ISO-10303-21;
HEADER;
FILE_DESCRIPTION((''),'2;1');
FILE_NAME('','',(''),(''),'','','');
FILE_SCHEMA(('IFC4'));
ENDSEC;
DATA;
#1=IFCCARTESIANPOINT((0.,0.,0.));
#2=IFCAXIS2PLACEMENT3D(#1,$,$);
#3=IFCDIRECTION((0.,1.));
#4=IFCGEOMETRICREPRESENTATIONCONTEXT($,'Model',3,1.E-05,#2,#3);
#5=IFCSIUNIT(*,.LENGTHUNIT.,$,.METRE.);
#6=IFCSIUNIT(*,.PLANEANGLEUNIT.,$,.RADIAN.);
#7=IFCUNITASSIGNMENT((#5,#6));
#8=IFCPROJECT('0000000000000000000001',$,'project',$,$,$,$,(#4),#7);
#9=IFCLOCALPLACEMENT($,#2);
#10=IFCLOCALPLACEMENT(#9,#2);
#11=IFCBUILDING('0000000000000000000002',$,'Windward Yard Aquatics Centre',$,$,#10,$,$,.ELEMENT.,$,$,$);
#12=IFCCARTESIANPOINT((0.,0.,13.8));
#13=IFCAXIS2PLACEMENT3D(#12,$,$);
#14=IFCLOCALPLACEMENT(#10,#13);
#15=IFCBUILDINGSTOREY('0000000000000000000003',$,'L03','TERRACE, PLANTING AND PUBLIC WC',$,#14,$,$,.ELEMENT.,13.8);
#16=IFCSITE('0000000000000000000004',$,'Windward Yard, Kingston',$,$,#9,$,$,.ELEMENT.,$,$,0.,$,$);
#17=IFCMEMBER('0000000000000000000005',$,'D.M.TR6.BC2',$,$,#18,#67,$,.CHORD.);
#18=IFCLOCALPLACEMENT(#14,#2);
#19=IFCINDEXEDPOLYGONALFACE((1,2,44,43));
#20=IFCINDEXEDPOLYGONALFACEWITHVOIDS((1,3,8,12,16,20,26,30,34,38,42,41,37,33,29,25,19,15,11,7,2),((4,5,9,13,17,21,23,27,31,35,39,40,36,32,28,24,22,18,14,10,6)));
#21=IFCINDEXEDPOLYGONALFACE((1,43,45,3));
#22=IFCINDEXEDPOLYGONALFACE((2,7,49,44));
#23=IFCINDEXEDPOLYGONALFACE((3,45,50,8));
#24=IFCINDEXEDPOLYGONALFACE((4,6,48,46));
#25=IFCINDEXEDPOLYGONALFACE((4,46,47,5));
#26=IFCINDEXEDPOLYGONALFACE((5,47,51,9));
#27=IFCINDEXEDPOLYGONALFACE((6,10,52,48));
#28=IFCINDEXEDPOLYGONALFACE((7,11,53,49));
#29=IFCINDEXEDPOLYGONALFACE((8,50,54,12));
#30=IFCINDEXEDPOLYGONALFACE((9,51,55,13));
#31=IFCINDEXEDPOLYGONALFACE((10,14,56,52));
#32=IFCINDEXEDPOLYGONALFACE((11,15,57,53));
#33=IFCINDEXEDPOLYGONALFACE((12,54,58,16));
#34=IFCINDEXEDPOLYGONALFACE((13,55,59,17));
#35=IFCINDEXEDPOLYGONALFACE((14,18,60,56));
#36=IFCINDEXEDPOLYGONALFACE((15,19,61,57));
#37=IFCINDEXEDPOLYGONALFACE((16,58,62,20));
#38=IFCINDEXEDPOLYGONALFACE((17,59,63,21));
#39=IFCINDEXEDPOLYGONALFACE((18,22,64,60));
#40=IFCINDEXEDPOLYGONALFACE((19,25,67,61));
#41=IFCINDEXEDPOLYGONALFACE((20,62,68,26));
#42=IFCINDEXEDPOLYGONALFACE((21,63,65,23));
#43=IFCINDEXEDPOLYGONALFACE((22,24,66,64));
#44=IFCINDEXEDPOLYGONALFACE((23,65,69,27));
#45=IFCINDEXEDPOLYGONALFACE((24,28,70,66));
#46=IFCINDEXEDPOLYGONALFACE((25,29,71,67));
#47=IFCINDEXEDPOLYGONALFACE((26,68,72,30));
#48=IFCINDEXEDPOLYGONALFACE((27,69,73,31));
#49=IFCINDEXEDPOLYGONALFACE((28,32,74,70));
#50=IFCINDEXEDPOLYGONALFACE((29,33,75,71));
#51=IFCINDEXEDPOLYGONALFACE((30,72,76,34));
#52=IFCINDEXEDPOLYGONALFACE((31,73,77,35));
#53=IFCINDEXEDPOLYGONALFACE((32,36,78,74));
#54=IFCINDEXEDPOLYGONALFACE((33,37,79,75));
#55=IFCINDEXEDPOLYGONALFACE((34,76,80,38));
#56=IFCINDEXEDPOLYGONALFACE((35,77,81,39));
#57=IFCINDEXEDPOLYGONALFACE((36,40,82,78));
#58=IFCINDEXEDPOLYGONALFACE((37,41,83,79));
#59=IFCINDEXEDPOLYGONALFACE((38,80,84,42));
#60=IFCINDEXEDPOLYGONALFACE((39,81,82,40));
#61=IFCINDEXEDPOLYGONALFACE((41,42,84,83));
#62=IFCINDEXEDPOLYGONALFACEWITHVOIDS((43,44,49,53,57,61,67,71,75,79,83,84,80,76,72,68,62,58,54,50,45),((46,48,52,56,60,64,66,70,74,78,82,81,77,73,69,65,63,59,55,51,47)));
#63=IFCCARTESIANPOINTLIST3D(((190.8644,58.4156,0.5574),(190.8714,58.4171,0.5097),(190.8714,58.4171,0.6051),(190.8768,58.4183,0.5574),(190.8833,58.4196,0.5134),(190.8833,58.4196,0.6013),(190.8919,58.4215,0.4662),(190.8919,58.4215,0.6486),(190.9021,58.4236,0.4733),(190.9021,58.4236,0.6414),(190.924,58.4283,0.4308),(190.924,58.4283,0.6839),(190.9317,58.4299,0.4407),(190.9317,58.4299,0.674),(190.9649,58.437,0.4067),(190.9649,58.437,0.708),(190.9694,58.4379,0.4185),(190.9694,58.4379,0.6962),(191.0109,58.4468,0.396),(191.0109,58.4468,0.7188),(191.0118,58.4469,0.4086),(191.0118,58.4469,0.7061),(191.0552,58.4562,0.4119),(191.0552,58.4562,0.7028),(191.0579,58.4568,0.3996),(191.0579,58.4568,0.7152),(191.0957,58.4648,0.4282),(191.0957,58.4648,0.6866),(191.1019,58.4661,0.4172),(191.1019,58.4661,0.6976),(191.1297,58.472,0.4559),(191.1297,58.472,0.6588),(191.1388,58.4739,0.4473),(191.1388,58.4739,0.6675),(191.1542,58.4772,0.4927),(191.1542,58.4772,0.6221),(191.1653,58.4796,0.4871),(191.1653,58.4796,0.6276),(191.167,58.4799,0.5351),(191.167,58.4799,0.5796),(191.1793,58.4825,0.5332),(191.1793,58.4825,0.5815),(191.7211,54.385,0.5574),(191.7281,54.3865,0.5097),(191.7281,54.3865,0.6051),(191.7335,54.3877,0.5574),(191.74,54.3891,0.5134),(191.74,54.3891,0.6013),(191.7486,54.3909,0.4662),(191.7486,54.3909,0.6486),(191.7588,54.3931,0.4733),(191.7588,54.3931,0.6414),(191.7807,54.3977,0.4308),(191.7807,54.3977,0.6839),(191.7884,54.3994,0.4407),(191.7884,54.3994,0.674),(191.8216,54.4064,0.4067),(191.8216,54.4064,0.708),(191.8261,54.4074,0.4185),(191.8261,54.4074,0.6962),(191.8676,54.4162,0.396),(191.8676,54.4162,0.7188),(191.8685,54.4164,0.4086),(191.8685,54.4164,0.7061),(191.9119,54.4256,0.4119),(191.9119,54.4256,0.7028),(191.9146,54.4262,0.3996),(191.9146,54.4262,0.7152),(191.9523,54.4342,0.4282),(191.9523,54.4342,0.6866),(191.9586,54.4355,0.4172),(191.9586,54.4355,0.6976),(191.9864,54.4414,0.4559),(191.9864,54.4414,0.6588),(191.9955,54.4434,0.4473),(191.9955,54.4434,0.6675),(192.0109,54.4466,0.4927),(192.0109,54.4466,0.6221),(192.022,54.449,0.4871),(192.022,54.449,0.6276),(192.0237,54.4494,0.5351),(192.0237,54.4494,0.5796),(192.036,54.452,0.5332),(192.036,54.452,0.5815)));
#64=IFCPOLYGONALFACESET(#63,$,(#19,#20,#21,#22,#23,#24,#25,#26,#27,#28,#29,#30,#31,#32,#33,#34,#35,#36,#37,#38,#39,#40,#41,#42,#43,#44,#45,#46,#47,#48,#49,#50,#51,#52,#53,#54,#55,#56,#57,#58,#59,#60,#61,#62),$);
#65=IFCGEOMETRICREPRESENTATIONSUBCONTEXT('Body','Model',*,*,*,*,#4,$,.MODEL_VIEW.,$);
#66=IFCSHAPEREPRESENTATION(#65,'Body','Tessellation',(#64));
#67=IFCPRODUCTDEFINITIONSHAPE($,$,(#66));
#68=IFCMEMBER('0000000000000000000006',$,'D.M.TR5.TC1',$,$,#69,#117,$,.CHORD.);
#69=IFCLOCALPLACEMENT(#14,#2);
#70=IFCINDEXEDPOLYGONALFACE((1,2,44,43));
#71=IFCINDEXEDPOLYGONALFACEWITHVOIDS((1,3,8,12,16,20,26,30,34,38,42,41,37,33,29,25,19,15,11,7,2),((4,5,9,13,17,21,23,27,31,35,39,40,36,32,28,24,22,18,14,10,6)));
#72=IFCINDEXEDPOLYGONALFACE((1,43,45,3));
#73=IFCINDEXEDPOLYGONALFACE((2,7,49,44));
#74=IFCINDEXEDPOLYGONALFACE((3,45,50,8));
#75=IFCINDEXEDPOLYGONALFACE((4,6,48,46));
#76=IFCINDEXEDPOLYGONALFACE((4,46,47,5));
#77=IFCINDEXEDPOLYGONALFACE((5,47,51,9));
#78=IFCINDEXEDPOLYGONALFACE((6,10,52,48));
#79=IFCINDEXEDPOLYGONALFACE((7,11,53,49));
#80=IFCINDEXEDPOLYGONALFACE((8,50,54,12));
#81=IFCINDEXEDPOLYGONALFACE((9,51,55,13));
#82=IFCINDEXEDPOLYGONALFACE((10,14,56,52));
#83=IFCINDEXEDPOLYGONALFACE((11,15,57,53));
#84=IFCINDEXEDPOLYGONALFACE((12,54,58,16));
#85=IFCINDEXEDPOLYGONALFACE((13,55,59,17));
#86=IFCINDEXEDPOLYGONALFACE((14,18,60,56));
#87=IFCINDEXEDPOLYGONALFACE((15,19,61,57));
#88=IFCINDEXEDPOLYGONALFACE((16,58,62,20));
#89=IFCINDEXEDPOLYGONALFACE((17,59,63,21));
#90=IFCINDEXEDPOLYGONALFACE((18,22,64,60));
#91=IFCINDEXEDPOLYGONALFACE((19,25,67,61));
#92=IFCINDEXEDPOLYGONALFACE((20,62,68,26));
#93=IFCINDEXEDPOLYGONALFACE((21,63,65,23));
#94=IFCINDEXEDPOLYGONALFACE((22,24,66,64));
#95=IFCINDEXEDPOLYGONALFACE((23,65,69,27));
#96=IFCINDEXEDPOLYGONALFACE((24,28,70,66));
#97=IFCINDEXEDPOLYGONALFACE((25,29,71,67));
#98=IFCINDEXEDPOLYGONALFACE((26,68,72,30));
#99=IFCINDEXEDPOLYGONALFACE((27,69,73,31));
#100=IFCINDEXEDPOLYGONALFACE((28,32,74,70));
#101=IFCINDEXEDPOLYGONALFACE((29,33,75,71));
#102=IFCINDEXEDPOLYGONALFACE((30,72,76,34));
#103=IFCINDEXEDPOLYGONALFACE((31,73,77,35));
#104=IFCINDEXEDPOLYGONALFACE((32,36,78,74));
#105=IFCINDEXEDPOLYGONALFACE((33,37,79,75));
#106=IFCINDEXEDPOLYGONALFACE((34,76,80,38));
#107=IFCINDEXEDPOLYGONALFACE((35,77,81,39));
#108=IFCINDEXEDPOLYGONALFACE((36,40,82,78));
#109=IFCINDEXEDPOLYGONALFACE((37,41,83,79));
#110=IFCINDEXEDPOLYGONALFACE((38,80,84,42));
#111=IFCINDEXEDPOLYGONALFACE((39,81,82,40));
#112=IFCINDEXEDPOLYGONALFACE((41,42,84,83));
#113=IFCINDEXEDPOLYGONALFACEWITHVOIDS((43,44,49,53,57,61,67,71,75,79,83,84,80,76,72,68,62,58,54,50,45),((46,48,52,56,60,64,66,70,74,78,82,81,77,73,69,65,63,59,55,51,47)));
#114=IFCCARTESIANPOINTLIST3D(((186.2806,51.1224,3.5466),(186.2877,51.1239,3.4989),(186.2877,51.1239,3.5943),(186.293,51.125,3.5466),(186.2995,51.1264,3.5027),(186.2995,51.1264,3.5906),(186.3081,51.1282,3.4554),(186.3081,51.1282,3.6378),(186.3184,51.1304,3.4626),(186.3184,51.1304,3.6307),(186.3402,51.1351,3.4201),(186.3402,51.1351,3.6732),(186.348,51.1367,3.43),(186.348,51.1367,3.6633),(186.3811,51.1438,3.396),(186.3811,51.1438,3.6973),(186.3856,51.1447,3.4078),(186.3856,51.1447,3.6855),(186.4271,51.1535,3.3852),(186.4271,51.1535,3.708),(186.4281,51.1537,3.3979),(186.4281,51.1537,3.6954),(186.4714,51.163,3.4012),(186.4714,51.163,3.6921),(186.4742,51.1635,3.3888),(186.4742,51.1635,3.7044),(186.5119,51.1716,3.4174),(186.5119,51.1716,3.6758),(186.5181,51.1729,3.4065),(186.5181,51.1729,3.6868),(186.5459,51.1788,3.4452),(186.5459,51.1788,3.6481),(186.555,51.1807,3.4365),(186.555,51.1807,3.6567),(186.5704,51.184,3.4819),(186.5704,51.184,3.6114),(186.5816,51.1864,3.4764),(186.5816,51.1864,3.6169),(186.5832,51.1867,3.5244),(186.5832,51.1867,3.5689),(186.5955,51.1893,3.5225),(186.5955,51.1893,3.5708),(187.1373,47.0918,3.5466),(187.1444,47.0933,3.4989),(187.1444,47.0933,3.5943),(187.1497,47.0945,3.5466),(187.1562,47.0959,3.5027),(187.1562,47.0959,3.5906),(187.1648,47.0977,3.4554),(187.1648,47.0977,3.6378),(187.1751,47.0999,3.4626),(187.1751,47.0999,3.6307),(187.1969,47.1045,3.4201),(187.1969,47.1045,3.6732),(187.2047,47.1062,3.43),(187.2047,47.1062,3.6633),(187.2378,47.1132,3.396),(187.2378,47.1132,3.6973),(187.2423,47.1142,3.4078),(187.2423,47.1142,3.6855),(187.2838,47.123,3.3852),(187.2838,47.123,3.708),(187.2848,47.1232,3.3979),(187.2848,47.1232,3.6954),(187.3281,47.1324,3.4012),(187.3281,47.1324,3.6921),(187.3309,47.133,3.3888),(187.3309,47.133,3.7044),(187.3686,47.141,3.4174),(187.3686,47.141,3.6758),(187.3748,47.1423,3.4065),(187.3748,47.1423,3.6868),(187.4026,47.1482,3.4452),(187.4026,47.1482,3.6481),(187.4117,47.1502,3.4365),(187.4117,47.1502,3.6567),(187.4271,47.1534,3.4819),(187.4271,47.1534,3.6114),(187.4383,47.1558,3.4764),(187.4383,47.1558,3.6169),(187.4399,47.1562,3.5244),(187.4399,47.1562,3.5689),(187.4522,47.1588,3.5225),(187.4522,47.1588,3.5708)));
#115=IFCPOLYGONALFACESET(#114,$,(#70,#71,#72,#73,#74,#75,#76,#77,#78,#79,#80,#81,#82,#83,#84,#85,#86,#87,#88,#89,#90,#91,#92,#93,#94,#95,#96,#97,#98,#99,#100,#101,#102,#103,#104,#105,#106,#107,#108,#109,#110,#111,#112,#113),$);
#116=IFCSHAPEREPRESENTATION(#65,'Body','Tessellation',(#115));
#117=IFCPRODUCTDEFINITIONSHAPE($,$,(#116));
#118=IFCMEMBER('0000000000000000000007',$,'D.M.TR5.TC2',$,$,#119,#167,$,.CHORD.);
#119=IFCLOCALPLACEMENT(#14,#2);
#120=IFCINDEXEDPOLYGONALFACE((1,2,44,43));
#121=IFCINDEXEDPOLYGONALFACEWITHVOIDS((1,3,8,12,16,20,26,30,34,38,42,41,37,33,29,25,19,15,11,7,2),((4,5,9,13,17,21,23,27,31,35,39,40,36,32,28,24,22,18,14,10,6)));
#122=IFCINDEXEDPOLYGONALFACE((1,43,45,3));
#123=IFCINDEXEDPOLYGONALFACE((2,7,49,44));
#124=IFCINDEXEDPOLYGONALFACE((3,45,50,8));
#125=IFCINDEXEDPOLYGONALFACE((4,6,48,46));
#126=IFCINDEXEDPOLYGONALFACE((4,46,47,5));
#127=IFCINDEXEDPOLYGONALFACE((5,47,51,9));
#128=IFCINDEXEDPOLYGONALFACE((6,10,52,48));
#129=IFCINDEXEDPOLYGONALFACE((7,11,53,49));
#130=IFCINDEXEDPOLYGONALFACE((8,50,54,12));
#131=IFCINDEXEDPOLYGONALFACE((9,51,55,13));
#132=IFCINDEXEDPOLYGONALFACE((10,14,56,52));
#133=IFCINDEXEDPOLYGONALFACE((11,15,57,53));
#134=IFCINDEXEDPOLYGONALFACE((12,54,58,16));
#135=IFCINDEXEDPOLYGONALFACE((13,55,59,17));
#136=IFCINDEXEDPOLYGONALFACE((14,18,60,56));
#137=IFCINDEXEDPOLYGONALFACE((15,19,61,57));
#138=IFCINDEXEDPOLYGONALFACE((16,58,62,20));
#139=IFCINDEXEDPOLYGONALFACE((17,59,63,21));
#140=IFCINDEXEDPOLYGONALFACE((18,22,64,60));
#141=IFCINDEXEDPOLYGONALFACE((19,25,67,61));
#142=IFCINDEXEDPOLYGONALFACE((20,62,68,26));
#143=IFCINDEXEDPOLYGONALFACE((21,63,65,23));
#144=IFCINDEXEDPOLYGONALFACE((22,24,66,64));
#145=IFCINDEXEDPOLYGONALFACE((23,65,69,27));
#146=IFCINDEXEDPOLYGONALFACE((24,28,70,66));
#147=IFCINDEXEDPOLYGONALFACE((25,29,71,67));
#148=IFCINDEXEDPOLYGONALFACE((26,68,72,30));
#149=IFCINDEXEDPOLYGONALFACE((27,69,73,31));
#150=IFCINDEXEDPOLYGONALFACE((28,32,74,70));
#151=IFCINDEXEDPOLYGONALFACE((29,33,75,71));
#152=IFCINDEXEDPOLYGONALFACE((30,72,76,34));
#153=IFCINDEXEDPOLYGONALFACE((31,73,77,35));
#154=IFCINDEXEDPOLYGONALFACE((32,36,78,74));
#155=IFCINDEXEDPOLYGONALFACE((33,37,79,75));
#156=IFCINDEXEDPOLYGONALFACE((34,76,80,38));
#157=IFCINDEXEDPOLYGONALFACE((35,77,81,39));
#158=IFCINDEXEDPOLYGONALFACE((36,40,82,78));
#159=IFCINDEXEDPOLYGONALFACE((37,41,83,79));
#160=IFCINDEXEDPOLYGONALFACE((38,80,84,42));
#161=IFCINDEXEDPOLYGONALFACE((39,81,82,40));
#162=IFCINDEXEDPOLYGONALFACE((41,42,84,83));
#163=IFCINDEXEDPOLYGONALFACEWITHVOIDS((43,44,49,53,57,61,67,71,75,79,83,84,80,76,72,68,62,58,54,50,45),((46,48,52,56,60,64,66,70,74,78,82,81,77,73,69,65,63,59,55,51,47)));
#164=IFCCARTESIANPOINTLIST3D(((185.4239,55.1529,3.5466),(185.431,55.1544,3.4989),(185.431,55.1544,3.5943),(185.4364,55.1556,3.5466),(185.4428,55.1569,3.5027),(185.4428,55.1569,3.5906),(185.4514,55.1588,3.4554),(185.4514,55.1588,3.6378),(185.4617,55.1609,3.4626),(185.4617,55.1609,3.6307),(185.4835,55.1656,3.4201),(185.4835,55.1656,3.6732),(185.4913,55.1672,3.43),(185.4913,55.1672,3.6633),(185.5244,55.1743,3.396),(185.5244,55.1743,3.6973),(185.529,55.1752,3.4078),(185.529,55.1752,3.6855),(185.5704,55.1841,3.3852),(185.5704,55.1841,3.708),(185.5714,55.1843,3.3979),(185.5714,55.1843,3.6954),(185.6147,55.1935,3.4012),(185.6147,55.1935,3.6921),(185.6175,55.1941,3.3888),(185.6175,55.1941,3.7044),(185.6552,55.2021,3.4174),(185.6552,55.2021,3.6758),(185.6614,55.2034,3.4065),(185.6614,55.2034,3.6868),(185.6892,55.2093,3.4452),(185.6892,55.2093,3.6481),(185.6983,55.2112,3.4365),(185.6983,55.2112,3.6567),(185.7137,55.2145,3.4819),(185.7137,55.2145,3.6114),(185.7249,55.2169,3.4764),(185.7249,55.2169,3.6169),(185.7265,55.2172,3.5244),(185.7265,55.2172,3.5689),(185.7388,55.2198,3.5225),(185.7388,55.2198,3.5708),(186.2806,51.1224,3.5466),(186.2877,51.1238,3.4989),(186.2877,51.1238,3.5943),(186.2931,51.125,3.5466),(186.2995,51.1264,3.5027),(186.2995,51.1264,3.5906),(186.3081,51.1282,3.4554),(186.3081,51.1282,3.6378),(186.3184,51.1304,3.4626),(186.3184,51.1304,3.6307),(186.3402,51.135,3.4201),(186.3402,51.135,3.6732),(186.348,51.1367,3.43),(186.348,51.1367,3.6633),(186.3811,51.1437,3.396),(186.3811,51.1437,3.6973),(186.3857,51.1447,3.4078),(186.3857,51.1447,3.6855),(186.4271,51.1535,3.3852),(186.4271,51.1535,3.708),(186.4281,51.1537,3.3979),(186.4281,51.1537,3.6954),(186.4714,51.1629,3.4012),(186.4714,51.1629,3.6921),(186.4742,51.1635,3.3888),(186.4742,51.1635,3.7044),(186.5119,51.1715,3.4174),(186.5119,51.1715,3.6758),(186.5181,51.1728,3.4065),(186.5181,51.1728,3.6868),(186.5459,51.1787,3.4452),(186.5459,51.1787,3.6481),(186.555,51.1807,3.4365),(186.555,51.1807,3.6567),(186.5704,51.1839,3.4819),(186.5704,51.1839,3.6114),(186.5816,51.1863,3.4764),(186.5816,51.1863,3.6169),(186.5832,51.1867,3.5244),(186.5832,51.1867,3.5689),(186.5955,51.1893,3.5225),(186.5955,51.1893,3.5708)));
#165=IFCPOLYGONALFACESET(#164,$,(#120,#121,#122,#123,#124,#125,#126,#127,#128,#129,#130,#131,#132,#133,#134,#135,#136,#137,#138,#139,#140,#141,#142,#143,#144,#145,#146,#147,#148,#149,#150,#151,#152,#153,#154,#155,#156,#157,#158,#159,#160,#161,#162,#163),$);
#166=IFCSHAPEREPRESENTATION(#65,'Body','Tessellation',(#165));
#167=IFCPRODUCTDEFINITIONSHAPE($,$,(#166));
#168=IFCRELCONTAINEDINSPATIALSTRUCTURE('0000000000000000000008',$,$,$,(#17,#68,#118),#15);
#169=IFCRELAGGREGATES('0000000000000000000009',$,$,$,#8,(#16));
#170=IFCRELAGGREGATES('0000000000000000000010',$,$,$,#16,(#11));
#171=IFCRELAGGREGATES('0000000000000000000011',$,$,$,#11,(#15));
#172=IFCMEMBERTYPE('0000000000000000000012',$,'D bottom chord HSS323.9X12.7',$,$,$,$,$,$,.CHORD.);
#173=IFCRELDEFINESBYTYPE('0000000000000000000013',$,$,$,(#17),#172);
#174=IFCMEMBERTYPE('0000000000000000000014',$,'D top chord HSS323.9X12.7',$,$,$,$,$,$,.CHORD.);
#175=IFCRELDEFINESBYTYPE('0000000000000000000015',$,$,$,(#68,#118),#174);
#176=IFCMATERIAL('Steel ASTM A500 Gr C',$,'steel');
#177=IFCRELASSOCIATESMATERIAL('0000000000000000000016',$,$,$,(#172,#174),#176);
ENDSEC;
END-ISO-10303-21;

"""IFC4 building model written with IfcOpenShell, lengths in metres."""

from ifc_helpers import new_model, si_unit, direction, frame, origin, origin_2d, place, context, subcontext, project, spatial, hollow_circle, extrude, material, material_profile, profile_set, type_object, element, save


model = new_model("IFC4")

# Units and contexts
model_context = context("Model", 3, precision=1e-05, world=origin(), true_north=direction((0.0, 1.0)))
body_context = subcontext(model_context, "Body", "Model", "MODEL_VIEW")
ifc_project = project(units=[si_unit("LENGTHUNIT", "METRE"), si_unit("PLANEANGLEUNIT", "RADIAN")], contexts=[model_context])

# Site, building, storey
site_placement = place(None, origin())
site = spatial("IfcSite", under=ifc_project, at=site_placement, Name="Windward Yard, Kingston", CompositionType="ELEMENT", RefElevation=0.0)
building_placement = place(site_placement, origin())
building = spatial("IfcBuilding", under=site, at=building_placement, Name="Windward Yard Aquatics Centre", CompositionType="ELEMENT")
storey_placement = place(building_placement, frame((0.0, 0.0, 13.8)))
storey = spatial("IfcBuildingStorey", under=building, at=storey_placement, Name="L03", Description="TERRACE, PLANTING AND PUBLIC WC", CompositionType="ELEMENT", Elevation=13.8)

# Shared definitions
ifc_material_1 = material(Name="Steel ASTM A500 Gr C", Category="steel")

# Members
ifc_material_profile_1 = material_profile(ifc_material_1, hollow_circle(Radius=0.1619, WallThickness=0.0127, at=origin_2d()), Name="HSS323.9X12.7")
ifc_profile_set_1 = profile_set([ifc_material_profile_1], Name="Steel ASTM A500 Gr C")
member_type_1 = type_object("IfcMemberType", Name="D bottom chord HSS323.9X12.7", PredefinedType="CHORD", material=ifc_profile_set_1)
for number, where, z_axis, x_axis, name in (
    (1, (191.8794, 54.4187, 0.5574), (-0.207906, 0.978149, 0.0), (-0.978149, -0.207906, 0.0), "D.M.TR6.BC2"),
):
    element("IfcMember", number, at=place(storey_placement, frame(where, z_axis=z_axis, x_axis=x_axis)), inside=storey, type_object=member_type_1, Name=name, PredefinedType="CHORD", context=body_context, shape_type="SweptSolid", body=[
        extrude(hollow_circle(Radius=0.1619, WallThickness=0.0127, at=origin_2d()), origin(), (0.0, 0.0, 1.0), 4.1206),
    ])
ifc_material_profile_2 = material_profile(ifc_material_1, hollow_circle(Radius=0.1619, WallThickness=0.0127, at=origin_2d()), Name="HSS323.9X12.7")
ifc_profile_set_2 = profile_set([ifc_material_profile_2], Name="Steel ASTM A500 Gr C")
member_type_2 = type_object("IfcMemberType", Name="D top chord HSS323.9X12.7", PredefinedType="CHORD", material=ifc_profile_set_2)
for number, where, z_axis, x_axis, name in (
    (2, (187.2957, 47.1255, 3.5466), (-0.207906, 0.978149, 0.0), (-0.978149, -0.207906, 0.0), "D.M.TR5.TC1"),
    (3, (186.439, 51.156, 3.5466), (-0.207906, 0.978149, 0.0), (-0.978149, -0.207906, 0.0), "D.M.TR5.TC2"),
):
    element("IfcMember", number, at=place(storey_placement, frame(where, z_axis=z_axis, x_axis=x_axis)), inside=storey, type_object=member_type_2, Name=name, PredefinedType="CHORD", context=body_context, shape_type="SweptSolid", body=[
        extrude(hollow_circle(Radius=0.1619, WallThickness=0.0127, at=origin_2d()), origin(), (0.0, 0.0, 1.0), 4.1206),
    ])

save(model, "model.ifc")
